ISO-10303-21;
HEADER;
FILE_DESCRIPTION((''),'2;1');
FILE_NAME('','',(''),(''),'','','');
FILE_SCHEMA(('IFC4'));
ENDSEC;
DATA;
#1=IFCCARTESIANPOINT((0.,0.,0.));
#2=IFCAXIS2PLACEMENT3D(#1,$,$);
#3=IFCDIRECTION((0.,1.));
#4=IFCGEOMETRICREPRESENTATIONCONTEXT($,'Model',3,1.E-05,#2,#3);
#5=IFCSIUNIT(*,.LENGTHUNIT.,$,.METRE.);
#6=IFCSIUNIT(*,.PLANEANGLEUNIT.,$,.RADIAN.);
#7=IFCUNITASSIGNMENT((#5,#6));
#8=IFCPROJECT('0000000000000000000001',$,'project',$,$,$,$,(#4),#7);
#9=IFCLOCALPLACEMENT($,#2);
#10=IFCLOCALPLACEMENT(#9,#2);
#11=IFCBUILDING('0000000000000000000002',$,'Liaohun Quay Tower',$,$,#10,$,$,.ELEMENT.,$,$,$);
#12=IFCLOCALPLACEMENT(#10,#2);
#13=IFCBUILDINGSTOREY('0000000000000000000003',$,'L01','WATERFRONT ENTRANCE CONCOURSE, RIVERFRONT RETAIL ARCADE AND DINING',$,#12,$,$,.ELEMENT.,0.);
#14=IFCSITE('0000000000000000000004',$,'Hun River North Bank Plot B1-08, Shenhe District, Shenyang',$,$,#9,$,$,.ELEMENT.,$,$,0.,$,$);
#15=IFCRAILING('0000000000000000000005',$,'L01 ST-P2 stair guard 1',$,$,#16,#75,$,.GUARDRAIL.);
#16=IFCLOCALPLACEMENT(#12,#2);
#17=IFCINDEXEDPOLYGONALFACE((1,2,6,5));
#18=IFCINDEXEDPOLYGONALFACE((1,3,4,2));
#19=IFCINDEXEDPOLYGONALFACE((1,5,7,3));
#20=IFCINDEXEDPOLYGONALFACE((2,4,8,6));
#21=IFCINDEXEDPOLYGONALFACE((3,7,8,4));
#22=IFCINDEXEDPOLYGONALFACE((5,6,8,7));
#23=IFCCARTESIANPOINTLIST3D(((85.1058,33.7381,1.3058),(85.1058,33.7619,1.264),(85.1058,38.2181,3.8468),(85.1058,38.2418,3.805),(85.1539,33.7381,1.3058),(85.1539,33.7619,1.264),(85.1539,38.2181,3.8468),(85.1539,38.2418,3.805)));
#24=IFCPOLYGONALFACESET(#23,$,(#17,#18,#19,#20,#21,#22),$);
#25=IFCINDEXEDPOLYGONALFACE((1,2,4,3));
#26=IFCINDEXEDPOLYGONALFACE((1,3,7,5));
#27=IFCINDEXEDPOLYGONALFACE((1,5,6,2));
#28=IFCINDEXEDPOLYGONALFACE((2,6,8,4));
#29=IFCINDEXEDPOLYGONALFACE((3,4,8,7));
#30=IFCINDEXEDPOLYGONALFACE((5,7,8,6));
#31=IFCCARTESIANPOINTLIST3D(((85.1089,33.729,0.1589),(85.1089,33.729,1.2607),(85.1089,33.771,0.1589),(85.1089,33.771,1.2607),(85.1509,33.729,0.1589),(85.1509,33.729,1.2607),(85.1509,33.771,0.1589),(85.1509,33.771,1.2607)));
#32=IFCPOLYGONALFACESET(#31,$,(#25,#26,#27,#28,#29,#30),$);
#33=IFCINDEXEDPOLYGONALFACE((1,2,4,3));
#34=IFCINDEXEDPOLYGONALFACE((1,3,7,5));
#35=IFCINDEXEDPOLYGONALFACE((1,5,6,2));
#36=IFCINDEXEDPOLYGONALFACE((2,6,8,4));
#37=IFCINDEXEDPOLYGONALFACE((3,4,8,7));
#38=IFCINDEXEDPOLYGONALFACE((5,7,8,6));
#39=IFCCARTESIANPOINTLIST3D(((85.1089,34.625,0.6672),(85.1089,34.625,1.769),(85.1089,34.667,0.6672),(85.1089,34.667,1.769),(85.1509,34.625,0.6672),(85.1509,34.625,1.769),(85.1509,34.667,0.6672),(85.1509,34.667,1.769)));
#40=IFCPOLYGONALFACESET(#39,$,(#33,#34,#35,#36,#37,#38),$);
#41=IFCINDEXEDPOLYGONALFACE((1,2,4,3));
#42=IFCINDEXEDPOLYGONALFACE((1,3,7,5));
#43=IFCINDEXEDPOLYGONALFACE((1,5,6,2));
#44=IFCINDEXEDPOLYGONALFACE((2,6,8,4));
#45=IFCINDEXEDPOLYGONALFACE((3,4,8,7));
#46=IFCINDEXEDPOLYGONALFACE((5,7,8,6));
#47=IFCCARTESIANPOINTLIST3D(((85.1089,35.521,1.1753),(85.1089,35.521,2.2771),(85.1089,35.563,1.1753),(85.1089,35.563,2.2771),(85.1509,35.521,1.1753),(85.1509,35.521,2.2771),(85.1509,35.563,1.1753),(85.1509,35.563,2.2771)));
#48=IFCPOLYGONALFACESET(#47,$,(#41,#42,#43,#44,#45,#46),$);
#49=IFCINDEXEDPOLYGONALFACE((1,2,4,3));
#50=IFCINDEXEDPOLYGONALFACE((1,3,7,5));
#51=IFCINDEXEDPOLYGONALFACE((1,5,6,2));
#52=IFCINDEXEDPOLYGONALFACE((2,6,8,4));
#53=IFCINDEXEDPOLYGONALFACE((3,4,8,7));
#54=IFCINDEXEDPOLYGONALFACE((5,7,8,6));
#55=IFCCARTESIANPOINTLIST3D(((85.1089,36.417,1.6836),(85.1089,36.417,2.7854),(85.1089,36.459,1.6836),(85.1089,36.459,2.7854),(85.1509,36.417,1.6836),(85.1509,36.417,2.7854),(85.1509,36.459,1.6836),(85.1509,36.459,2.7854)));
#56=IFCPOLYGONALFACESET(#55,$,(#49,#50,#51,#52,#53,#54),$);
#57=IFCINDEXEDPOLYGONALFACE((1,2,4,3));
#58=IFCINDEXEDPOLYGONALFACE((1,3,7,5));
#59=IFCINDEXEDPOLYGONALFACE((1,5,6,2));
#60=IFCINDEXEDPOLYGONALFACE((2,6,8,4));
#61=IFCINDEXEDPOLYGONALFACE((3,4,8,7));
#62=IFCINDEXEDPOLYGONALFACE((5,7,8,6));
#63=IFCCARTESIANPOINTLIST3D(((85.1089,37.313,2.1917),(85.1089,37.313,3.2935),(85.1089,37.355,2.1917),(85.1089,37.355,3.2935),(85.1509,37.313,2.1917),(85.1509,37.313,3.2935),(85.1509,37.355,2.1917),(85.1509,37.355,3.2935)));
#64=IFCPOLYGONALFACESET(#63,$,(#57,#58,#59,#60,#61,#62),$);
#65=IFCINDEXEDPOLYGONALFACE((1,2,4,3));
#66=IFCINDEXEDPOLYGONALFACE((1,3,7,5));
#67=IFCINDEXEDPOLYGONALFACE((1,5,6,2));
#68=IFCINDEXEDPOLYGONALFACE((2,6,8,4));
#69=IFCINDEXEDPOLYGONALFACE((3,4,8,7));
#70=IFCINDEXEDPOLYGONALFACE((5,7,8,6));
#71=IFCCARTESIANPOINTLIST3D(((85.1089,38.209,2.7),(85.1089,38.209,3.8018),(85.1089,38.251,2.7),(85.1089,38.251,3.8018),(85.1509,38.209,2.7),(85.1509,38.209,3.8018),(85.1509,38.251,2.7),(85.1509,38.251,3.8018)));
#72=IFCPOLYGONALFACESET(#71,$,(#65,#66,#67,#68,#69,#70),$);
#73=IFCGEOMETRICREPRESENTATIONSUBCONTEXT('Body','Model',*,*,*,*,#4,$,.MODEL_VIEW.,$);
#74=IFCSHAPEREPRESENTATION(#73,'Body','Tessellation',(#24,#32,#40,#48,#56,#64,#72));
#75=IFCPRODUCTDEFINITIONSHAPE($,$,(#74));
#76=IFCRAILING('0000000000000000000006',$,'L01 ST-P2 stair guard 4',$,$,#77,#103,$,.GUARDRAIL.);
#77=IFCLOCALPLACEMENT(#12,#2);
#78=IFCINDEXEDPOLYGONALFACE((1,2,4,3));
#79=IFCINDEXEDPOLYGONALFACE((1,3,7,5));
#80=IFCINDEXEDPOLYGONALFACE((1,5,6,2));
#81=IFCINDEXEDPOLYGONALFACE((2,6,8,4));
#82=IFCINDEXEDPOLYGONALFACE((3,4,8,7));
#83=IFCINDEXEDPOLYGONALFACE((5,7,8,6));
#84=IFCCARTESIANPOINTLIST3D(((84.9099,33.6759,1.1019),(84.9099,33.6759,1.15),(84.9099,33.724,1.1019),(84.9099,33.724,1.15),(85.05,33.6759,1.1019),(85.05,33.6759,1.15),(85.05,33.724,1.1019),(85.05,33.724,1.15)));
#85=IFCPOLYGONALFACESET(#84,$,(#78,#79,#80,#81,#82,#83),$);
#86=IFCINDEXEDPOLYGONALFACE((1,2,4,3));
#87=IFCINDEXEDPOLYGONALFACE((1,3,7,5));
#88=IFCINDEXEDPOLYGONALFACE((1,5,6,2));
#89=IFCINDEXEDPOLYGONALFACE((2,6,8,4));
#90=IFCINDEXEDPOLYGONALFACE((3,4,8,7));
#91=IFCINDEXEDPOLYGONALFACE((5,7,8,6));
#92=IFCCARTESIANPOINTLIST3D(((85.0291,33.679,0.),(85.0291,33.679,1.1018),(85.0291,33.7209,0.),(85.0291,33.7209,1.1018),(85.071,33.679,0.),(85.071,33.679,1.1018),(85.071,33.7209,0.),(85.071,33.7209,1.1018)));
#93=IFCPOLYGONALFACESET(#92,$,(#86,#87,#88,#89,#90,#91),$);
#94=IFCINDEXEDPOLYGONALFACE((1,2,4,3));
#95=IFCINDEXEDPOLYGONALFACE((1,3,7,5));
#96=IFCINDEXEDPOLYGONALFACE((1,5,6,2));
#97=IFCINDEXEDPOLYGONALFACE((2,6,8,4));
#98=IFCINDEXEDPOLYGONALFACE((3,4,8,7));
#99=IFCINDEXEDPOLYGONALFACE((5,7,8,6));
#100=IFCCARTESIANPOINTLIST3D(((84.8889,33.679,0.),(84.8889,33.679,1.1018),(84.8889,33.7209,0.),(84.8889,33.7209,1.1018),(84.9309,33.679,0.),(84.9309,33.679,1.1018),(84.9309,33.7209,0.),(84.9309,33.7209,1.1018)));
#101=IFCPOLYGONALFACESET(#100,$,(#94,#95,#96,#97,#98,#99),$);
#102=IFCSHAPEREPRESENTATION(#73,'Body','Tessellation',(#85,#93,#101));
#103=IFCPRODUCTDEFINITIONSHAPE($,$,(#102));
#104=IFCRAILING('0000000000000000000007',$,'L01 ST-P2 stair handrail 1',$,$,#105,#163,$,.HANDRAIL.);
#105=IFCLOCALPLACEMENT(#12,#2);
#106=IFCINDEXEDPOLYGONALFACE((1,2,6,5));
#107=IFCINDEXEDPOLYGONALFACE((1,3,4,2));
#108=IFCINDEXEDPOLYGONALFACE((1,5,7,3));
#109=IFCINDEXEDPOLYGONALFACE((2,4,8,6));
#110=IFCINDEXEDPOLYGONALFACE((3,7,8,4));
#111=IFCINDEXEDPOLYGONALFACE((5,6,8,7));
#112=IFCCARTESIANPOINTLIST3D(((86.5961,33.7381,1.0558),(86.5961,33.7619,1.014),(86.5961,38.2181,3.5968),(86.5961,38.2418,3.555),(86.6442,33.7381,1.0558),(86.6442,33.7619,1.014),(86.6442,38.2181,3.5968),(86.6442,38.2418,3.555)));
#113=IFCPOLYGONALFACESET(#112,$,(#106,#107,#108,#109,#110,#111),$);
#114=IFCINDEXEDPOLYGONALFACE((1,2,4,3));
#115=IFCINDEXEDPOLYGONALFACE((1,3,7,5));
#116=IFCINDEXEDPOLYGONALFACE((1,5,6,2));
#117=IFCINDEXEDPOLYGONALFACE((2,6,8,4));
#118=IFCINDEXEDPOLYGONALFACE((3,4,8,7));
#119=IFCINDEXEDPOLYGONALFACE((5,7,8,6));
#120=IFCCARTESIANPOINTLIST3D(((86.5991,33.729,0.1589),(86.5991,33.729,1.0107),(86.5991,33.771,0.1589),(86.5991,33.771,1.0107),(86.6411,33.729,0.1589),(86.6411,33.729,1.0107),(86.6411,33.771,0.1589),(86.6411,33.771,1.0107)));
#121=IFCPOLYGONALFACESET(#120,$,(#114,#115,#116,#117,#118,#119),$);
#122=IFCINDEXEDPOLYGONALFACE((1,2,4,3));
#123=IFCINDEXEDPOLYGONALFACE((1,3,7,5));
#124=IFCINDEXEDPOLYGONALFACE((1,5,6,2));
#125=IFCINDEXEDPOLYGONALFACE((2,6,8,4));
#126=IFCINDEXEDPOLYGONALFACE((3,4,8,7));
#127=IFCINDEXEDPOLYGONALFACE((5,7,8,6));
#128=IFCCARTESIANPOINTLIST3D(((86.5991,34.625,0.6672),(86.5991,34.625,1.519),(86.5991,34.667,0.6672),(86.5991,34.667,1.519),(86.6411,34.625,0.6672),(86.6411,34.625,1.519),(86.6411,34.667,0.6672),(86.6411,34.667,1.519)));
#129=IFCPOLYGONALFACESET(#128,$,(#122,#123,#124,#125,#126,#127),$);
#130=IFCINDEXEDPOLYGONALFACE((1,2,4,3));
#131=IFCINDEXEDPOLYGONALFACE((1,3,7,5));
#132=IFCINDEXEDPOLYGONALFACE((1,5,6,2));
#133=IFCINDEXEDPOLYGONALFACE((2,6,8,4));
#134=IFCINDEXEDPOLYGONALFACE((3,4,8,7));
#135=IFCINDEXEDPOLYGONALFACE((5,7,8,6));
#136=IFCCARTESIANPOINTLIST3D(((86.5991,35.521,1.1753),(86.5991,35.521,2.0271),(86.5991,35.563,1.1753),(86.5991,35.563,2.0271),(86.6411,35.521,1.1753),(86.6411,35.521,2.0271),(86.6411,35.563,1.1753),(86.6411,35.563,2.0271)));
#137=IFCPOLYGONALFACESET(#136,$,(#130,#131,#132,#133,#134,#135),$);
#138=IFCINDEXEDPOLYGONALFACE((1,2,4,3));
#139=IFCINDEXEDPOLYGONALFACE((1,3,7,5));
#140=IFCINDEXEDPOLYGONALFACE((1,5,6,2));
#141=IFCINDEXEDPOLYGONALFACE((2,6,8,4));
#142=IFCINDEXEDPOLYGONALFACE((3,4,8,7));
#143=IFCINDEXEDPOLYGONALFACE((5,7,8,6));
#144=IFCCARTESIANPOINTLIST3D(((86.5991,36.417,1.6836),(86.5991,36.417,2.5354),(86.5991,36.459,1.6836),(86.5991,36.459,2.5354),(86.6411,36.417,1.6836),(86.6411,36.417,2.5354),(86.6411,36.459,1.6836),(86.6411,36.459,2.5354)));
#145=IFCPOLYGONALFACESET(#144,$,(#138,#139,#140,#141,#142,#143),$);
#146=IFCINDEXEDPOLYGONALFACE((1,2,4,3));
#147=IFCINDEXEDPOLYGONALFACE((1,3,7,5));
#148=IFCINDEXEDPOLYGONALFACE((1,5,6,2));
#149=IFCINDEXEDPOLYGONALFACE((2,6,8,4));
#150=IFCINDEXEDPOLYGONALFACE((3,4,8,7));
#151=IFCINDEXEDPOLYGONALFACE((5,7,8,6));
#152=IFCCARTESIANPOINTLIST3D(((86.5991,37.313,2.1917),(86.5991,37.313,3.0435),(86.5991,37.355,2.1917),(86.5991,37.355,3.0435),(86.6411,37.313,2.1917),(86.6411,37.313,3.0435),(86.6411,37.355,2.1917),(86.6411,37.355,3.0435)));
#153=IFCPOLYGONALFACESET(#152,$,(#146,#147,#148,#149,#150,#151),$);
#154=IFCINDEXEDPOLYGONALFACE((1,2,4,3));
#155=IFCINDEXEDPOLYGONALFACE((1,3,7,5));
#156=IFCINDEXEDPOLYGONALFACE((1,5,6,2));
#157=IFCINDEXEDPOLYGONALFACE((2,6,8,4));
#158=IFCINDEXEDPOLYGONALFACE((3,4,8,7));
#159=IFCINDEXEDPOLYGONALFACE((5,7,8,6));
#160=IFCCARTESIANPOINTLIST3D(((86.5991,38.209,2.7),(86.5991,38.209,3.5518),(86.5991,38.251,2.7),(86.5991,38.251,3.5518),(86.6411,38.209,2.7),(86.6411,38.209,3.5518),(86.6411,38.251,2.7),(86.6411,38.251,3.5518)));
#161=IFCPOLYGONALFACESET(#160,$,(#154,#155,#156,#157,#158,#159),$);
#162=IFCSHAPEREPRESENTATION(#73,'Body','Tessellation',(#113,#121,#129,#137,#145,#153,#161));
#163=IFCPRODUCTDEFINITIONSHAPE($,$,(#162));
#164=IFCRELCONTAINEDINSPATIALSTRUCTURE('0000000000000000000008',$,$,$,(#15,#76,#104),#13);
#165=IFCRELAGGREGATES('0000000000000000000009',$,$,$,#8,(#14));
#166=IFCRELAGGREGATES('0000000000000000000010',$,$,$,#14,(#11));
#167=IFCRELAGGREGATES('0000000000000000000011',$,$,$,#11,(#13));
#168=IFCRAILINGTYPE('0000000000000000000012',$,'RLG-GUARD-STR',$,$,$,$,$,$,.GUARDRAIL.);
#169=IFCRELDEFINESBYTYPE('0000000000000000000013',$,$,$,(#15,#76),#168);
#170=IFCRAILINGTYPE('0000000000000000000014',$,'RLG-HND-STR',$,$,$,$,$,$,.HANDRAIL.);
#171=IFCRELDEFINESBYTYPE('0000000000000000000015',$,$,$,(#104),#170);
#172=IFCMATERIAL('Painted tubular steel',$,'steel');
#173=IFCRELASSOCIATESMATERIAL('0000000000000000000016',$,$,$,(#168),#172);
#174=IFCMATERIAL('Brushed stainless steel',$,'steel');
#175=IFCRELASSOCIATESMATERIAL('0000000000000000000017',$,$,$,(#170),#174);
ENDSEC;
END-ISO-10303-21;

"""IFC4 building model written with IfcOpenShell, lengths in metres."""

from ifc_helpers import new_model, si_unit, direction, frame, origin, origin_2d, place, context, subcontext, project, spatial, rectangle, extrude, material, type_object, element, save


model = new_model("IFC4")

# Units and contexts
model_context = context("Model", 3, precision=1e-05, world=origin(), true_north=direction((0.0, 1.0)))
body_context = subcontext(model_context, "Body", "Model", "MODEL_VIEW")
ifc_project = project(units=[si_unit("LENGTHUNIT", "METRE"), si_unit("PLANEANGLEUNIT", "RADIAN")], contexts=[model_context])

# Site, building, storey
site_placement = place(None, origin())
site = spatial("IfcSite", under=ifc_project, at=site_placement, Name="Hun River North Bank Plot B1-08, Shenhe District, Shenyang", CompositionType="ELEMENT", RefElevation=0.0)
building_placement = place(site_placement, origin())
building = spatial("IfcBuilding", under=site, at=building_placement, Name="Liaohun Quay Tower", CompositionType="ELEMENT")
storey_placement = place(building_placement, origin())
storey = spatial("IfcBuildingStorey", under=building, at=storey_placement, Name="L01", Description="WATERFRONT ENTRANCE CONCOURSE, RIVERFRONT RETAIL ARCADE AND DINING", CompositionType="ELEMENT", Elevation=0.0)

# Railings
ifc_material_1 = material(Name="Painted tubular steel", Category="steel")
railing_type_1 = type_object("IfcRailingType", Name="RLG-GUARD-STR", PredefinedType="GUARDRAIL", material=ifc_material_1)
railing_1_placement = place(storey_placement, frame((85.1299, 33.75, 0.1589)))
element("IfcRailing", 1, at=railing_1_placement, inside=storey, type_object=railing_type_1, Name="L01 ST-P2 stair guard 1", PredefinedType="GUARDRAIL", context=body_context, shape_type="SweptSolid", body=[
    extrude(rectangle(XDim=0.0481, YDim=0.0481, at=origin_2d()), frame((0.0, 0.0, 1.126), z_axis=(0.0, 0.869826, 0.493359), x_axis=(-1.0, 0.0, 0.0)), (0.0, 0.0, 1.0), 5.1504),
    extrude(rectangle(XDim=0.042, YDim=0.042, at=origin_2d()), origin(), (0.0, 0.0, 1.0), 1.1018),
    extrude(rectangle(XDim=0.042, YDim=0.042, at=origin_2d()), frame((0.0, 0.896, 0.5083)), (0.0, 0.0, 1.0), 1.1018),
    extrude(rectangle(XDim=0.042, YDim=0.042, at=origin_2d()), frame((0.0, 1.792, 1.0164)), (0.0, 0.0, 1.0), 1.1018),
    extrude(rectangle(XDim=0.042, YDim=0.042, at=origin_2d()), frame((0.0, 2.688, 1.5247)), (0.0, 0.0, 1.0), 1.1018),
    extrude(rectangle(XDim=0.042, YDim=0.042, at=origin_2d()), frame((0.0, 3.584, 2.0327)), (0.0, 0.0, 1.0), 1.1018),
    extrude(rectangle(XDim=0.042, YDim=0.042, at=origin_2d()), frame((0.0, 4.48, 2.541)), (0.0, 0.0, 1.0), 1.1018),
])
railing_2_placement = place(storey_placement, frame((85.05, 33.7, 0.0)))
element("IfcRailing", 2, at=railing_2_placement, inside=storey, type_object=railing_type_1, Name="L01 ST-P2 stair guard 4", PredefinedType="GUARDRAIL", context=body_context, shape_type="SweptSolid", body=[
    extrude(rectangle(XDim=0.0481, YDim=0.0481, at=origin_2d()), frame((0.0, 0.0, 1.126), z_axis=(-1.0, 0.0, 0.0), x_axis=(0.0, -1.0, 0.0)), (0.0, 0.0, 1.0), 0.1401),
    extrude(rectangle(XDim=0.042, YDim=0.042, at=origin_2d()), origin(), (0.0, 0.0, 1.0), 1.1018),
    extrude(rectangle(XDim=0.042, YDim=0.042, at=origin_2d()), frame((-0.1401, 0.0, 0.0)), (0.0, 0.0, 1.0), 1.1018),
])
ifc_material_2 = material(Name="Brushed stainless steel", Category="steel")
railing_type_2 = type_object("IfcRailingType", Name="RLG-HND-STR", PredefinedType="HANDRAIL", material=ifc_material_2)
railing_3_placement = place(storey_placement, frame((86.6201, 33.75, 0.1589)))
element("IfcRailing", 3, at=railing_3_placement, inside=storey, type_object=railing_type_2, Name="L01 ST-P2 stair handrail 1", PredefinedType="HANDRAIL", context=body_context, shape_type="SweptSolid", body=[
    extrude(rectangle(XDim=0.0481, YDim=0.0481, at=origin_2d()), frame((0.0, 0.0, 0.876), z_axis=(0.0, 0.869826, 0.493359), x_axis=(-1.0, 0.0, 0.0)), (0.0, 0.0, 1.0), 5.1504),
    extrude(rectangle(XDim=0.042, YDim=0.042, at=origin_2d()), origin(), (0.0, 0.0, 1.0), 0.8518),
    extrude(rectangle(XDim=0.042, YDim=0.042, at=origin_2d()), frame((0.0, 0.896, 0.5083)), (0.0, 0.0, 1.0), 0.8518),
    extrude(rectangle(XDim=0.042, YDim=0.042, at=origin_2d()), frame((0.0, 1.792, 1.0164)), (0.0, 0.0, 1.0), 0.8518),
    extrude(rectangle(XDim=0.042, YDim=0.042, at=origin_2d()), frame((0.0, 2.688, 1.5247)), (0.0, 0.0, 1.0), 0.8518),
    extrude(rectangle(XDim=0.042, YDim=0.042, at=origin_2d()), frame((0.0, 3.584, 2.0327)), (0.0, 0.0, 1.0), 0.8518),
    extrude(rectangle(XDim=0.042, YDim=0.042, at=origin_2d()), frame((0.0, 4.48, 2.541)), (0.0, 0.0, 1.0), 0.8518),
])

save(model, "model.ifc")
